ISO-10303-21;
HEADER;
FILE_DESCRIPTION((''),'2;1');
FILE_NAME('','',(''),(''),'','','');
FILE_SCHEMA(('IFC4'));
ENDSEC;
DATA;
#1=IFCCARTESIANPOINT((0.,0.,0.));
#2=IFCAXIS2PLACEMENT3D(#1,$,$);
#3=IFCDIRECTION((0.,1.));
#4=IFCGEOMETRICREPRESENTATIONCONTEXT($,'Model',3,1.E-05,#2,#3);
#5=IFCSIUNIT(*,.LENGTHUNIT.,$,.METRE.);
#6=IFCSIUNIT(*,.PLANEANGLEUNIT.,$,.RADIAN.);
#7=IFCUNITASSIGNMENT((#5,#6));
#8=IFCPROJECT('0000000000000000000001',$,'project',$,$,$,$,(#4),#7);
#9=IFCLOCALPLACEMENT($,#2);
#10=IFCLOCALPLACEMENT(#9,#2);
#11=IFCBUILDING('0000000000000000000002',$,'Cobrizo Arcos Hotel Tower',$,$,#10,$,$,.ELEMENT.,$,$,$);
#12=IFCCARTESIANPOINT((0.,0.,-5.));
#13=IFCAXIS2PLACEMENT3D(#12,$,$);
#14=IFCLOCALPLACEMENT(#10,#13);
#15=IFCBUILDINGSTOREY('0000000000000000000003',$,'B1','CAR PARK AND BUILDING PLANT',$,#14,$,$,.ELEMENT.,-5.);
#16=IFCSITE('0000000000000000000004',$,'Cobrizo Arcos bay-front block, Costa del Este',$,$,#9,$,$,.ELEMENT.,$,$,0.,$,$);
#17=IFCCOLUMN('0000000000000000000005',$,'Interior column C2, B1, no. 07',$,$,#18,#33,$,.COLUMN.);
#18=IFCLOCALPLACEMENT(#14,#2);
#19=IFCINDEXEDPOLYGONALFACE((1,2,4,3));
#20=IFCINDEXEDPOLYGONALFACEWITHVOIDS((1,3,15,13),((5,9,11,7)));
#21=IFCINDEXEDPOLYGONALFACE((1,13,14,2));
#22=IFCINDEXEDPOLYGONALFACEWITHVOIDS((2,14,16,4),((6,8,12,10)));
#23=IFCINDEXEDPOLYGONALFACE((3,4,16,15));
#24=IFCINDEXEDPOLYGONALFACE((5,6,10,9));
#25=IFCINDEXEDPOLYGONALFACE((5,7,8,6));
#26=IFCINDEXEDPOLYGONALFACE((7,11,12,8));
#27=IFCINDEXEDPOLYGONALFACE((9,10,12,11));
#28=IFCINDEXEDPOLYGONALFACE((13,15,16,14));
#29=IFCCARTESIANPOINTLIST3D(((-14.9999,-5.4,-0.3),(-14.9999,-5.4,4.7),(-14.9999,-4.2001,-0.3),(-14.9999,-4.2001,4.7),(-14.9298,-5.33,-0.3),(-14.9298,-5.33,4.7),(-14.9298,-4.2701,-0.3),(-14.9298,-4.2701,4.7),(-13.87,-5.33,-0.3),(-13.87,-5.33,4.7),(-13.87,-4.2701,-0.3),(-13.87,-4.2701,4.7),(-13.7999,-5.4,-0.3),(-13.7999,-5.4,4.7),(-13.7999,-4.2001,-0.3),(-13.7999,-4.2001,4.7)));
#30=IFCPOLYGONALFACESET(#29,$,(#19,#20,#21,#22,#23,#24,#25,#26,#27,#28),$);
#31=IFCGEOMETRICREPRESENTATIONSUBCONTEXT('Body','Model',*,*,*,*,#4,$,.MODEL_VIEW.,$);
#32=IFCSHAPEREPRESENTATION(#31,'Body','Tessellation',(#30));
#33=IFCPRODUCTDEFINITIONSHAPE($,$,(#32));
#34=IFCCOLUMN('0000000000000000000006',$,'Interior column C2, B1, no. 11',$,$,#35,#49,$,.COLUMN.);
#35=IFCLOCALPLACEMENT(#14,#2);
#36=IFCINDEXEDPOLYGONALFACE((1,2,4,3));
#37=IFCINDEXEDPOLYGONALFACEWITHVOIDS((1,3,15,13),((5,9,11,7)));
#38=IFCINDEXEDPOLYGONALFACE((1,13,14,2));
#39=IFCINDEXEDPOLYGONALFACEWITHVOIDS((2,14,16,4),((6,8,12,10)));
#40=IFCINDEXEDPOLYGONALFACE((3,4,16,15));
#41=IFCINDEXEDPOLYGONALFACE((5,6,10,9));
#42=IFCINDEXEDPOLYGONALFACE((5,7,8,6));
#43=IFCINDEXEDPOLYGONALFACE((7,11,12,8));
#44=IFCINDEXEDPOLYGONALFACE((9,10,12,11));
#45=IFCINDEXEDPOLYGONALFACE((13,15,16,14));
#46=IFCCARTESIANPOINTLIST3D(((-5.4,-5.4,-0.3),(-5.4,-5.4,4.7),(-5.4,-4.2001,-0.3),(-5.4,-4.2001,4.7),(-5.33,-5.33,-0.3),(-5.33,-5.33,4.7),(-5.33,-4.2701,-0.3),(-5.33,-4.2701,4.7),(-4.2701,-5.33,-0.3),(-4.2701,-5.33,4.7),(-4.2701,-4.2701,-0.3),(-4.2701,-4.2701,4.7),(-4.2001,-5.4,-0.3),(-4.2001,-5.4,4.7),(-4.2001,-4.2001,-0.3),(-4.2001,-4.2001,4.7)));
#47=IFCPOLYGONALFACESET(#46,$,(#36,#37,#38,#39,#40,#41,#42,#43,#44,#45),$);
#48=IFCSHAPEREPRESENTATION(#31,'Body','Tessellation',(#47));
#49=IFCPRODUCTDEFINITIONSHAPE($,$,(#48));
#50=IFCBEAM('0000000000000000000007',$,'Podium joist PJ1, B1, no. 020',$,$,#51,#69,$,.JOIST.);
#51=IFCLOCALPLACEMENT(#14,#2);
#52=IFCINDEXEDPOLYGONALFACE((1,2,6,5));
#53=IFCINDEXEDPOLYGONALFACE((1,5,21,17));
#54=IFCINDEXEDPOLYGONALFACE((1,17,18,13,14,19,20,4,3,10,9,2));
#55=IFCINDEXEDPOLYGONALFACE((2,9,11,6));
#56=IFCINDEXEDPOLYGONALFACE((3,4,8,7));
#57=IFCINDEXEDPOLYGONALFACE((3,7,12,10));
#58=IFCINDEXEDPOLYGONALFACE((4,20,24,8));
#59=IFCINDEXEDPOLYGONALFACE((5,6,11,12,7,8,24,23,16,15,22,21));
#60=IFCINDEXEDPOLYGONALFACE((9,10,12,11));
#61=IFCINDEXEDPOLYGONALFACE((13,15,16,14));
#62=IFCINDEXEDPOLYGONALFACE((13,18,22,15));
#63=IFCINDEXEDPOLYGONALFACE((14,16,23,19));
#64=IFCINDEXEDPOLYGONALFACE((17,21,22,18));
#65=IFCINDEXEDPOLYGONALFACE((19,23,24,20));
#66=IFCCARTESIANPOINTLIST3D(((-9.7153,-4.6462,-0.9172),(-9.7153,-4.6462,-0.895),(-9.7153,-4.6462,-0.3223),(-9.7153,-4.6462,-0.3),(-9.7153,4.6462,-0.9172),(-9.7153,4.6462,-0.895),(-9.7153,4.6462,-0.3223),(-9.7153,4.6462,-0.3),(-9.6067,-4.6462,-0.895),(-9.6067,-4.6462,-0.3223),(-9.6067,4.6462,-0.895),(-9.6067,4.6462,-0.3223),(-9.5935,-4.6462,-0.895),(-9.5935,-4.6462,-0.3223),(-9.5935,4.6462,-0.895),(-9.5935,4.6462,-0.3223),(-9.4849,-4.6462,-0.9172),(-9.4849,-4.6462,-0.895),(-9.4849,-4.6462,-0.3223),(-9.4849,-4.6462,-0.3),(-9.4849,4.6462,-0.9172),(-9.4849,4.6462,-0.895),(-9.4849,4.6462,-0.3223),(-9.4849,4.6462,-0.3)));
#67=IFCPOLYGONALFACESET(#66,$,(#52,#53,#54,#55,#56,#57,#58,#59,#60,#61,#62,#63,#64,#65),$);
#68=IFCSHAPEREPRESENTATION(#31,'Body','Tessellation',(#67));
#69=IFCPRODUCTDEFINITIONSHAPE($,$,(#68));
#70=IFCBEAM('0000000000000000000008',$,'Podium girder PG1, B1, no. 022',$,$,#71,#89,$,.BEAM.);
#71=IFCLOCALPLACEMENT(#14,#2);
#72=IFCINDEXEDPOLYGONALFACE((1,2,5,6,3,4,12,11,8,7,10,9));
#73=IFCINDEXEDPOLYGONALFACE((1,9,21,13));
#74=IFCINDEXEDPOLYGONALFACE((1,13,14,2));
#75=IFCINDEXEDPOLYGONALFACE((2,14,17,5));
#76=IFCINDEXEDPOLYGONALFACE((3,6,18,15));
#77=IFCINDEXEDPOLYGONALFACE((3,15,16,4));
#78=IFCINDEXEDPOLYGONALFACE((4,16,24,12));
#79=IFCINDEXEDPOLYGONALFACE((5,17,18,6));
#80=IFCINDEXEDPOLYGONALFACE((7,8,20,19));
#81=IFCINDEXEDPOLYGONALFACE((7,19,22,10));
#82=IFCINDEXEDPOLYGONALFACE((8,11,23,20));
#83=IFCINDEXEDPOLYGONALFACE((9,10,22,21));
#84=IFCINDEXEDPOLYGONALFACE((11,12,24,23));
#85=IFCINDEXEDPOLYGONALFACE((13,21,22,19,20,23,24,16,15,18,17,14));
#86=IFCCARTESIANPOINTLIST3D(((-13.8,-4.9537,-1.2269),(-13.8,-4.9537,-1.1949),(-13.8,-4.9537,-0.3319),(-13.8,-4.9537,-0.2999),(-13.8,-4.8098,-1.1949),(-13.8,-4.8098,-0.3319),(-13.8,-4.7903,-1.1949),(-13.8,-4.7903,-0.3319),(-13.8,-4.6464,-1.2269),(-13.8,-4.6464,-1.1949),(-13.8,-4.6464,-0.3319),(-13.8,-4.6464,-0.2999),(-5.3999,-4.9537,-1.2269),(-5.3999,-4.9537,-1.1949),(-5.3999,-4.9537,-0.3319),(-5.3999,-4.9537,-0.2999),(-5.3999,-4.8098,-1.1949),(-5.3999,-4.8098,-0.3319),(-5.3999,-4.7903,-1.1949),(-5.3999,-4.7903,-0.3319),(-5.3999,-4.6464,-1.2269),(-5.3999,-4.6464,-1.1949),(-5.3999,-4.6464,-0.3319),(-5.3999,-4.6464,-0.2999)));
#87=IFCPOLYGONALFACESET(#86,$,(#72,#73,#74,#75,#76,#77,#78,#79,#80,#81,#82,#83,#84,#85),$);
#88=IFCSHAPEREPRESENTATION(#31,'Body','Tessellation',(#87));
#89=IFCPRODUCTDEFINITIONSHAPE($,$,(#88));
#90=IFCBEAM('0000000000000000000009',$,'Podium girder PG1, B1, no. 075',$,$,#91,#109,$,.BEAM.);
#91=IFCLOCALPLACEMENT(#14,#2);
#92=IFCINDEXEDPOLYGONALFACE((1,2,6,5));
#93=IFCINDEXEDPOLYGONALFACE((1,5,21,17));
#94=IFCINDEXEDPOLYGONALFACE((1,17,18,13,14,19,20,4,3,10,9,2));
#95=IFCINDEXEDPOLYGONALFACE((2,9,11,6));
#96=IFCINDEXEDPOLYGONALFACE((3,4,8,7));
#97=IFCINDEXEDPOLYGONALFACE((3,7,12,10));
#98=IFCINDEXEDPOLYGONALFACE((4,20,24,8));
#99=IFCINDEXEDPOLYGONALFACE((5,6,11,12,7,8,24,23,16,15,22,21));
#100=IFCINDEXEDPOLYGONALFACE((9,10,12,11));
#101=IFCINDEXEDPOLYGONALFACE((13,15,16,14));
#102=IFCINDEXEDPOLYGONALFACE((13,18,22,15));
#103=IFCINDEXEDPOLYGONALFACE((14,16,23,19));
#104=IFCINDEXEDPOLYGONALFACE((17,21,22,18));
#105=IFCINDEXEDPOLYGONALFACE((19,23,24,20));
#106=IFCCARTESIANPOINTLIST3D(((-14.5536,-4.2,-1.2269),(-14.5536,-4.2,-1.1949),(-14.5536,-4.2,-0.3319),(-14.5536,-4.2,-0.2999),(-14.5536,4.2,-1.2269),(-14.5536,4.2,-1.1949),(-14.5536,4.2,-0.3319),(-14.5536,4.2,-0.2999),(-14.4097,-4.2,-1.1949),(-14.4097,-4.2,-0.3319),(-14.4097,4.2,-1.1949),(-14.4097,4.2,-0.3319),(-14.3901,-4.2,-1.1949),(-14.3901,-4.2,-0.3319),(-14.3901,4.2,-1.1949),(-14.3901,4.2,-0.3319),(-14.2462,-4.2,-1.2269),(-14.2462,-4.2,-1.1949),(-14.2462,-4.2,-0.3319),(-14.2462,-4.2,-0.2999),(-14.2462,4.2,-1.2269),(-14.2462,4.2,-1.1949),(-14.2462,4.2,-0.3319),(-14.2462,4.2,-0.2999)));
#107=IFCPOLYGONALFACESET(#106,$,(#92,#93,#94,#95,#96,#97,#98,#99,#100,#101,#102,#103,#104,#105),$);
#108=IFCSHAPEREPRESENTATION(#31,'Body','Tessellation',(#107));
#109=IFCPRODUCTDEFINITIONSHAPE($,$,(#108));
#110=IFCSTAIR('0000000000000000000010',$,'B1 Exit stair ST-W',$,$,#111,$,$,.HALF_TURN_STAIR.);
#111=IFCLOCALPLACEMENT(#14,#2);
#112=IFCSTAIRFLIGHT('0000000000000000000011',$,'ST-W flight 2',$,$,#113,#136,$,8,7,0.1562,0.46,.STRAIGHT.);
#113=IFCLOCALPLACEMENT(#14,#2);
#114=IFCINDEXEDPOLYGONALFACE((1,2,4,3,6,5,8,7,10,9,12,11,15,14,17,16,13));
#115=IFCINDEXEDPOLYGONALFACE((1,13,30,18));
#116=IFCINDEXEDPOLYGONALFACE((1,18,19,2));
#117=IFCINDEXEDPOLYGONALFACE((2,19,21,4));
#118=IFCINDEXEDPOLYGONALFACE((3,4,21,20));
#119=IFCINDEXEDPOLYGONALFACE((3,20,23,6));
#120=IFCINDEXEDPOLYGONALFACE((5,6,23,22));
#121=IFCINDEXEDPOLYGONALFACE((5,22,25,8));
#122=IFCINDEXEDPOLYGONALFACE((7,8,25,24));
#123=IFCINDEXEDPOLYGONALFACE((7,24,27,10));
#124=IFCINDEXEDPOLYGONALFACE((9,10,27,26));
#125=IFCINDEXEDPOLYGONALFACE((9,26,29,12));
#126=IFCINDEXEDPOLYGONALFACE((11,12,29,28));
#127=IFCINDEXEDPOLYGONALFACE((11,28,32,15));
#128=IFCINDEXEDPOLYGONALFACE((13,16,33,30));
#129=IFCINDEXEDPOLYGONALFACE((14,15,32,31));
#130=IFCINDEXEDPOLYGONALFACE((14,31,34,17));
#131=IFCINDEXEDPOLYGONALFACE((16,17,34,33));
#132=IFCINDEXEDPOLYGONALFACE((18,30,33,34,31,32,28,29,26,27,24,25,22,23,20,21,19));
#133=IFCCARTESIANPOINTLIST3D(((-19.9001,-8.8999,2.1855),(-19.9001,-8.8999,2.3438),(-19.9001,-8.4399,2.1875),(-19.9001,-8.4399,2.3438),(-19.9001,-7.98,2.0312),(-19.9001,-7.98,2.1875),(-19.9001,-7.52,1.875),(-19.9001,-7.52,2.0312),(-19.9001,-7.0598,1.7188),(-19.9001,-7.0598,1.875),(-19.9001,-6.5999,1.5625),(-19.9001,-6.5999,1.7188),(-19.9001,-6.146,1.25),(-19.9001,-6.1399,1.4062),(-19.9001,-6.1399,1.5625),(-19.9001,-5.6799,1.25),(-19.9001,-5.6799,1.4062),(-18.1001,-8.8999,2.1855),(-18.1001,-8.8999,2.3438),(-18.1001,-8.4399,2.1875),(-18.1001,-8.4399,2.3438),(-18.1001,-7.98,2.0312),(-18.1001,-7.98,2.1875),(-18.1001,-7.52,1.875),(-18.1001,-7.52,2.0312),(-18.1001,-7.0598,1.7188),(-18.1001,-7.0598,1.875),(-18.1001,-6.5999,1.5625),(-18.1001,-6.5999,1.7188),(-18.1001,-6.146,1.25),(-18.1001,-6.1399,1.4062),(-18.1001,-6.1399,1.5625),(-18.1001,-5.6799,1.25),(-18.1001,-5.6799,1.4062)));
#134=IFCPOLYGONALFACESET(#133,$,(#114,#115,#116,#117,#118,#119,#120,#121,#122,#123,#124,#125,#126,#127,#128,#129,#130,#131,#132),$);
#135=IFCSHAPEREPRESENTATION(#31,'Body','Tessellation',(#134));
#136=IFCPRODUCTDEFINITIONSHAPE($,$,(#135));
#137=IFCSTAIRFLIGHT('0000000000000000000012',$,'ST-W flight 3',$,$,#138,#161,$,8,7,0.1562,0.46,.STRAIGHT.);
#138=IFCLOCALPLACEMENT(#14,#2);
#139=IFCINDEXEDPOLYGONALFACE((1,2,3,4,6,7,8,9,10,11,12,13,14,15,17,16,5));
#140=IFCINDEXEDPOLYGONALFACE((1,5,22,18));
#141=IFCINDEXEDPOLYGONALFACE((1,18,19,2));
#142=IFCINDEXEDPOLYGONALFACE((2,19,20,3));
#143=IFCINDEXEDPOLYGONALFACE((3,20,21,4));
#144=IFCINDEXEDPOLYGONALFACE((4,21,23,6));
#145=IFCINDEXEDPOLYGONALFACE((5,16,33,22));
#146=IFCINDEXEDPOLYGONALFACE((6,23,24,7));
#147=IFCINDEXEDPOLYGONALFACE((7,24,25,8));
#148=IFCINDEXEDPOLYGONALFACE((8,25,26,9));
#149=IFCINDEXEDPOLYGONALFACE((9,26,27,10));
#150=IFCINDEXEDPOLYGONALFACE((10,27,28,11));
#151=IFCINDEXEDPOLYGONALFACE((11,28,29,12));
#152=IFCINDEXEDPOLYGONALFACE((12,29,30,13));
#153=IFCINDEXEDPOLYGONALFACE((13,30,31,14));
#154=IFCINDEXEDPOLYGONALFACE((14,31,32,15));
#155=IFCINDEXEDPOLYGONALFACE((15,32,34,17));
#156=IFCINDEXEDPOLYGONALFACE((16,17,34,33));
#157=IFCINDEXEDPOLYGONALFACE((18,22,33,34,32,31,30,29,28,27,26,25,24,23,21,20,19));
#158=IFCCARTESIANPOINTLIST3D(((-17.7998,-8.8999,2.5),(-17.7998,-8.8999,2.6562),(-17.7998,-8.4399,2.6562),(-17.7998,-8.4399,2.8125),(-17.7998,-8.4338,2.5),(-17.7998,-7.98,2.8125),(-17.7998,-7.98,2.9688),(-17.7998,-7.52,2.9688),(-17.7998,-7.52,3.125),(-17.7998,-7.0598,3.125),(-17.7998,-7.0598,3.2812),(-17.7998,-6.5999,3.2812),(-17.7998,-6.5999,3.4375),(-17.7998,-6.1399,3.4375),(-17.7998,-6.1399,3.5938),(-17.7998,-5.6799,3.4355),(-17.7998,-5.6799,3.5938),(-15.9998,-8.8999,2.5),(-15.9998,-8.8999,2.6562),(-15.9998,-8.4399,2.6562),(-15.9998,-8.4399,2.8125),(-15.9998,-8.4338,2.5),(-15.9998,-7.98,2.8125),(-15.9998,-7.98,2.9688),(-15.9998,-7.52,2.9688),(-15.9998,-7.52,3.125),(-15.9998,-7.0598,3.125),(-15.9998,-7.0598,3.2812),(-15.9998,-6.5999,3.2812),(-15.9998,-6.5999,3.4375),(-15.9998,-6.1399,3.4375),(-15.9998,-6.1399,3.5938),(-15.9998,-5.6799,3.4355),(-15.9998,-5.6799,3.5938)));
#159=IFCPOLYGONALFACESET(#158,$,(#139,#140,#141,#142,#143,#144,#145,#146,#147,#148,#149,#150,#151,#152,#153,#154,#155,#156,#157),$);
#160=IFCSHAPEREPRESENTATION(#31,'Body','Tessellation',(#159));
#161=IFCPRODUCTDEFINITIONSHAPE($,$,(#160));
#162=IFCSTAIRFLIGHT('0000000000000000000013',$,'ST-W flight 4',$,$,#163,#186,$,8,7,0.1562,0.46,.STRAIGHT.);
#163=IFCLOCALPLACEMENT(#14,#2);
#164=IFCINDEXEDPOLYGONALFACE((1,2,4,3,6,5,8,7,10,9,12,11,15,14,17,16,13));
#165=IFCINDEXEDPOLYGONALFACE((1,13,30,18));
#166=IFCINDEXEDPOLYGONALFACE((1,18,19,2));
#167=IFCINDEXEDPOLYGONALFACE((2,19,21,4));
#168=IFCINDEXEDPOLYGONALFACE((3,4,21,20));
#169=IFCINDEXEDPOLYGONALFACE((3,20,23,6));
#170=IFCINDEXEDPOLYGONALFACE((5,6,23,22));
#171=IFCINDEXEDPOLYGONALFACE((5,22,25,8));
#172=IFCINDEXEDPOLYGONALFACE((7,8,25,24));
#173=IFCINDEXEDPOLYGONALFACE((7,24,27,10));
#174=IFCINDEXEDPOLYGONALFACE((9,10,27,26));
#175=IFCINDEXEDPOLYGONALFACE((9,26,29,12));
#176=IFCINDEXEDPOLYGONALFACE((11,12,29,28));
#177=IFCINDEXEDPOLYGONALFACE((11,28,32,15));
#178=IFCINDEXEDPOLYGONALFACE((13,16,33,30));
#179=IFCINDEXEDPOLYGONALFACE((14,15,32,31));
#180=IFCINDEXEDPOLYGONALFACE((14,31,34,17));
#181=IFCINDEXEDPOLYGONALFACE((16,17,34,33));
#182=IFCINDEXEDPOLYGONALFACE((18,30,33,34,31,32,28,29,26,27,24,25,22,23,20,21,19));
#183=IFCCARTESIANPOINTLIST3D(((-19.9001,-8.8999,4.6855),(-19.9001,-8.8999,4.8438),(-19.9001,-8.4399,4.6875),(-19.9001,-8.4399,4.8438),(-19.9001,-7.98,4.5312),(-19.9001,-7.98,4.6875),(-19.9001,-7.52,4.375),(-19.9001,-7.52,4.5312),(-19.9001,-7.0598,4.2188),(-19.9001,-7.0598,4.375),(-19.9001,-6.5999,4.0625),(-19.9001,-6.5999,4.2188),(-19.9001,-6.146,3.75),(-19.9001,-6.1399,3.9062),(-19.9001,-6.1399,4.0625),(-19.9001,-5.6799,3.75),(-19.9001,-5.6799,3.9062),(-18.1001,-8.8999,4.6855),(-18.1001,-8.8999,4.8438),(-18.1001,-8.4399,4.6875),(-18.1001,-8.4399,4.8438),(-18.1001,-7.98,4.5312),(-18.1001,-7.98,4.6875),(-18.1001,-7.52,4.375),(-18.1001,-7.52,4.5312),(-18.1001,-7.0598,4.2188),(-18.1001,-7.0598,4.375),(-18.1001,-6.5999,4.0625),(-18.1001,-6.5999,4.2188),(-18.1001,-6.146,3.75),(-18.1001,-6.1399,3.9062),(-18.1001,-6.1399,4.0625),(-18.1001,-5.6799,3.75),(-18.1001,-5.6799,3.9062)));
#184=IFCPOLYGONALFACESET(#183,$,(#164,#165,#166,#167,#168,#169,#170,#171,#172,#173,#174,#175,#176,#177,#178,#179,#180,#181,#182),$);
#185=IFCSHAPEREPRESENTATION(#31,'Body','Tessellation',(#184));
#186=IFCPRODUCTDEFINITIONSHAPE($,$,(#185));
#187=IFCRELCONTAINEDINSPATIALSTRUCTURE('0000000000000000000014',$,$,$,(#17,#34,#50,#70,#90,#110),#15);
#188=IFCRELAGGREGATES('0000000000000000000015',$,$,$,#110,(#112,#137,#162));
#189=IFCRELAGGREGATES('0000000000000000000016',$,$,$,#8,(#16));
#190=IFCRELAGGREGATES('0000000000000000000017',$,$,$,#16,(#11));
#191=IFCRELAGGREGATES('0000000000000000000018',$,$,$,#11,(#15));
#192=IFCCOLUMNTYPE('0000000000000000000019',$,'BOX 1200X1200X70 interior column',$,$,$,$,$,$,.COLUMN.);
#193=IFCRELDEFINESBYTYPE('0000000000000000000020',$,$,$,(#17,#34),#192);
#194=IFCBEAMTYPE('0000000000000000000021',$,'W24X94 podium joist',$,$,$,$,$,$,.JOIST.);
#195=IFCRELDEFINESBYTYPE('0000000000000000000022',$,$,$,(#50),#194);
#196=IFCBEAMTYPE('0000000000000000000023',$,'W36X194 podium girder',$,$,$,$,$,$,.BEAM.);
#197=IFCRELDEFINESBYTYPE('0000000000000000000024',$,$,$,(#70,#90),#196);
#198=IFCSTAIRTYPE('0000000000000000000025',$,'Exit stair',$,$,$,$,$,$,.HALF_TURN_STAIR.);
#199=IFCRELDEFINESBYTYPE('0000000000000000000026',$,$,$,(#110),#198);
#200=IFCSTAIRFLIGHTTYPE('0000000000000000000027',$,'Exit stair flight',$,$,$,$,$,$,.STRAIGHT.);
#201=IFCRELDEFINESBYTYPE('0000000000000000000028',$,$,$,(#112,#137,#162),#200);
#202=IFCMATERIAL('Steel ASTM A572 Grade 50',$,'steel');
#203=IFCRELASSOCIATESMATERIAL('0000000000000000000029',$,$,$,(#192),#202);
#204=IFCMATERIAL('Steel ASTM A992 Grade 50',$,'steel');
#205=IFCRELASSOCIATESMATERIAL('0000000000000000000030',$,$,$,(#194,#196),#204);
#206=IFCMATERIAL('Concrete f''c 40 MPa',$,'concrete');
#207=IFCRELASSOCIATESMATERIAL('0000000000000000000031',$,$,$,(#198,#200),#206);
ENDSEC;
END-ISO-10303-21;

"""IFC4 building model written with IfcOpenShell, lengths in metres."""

from ifc_helpers import new_model, si_unit, direction, frame, origin, origin_2d, place, context, subcontext, project, spatial, polyline, hollow_rectangle, i_section, outline, extrude, material, material_profile, profile_set, type_object, element, aggregate, save


model = new_model("IFC4")

# Units and contexts
model_context = context("Model", 3, precision=1e-05, world=origin(), true_north=direction((0.0, 1.0)))
body_context = subcontext(model_context, "Body", "Model", "MODEL_VIEW")
ifc_project = project(units=[si_unit("LENGTHUNIT", "METRE"), si_unit("PLANEANGLEUNIT", "RADIAN")], contexts=[model_context])

# Site, building, storey
site_placement = place(None, origin())
site = spatial("IfcSite", under=ifc_project, at=site_placement, Name="Cobrizo Arcos bay-front block, Costa del Este", CompositionType="ELEMENT", RefElevation=0.0)
building_placement = place(site_placement, origin())
building = spatial("IfcBuilding", under=site, at=building_placement, Name="Cobrizo Arcos Hotel Tower", CompositionType="ELEMENT")
storey_placement = place(building_placement, frame((0.0, 0.0, -5.0)))
storey = spatial("IfcBuildingStorey", under=building, at=storey_placement, Name="B1", Description="CAR PARK AND BUILDING PLANT", CompositionType="ELEMENT", Elevation=-5.0)

# Columns
ifc_material_1 = material(Name="Steel ASTM A572 Grade 50", Category="steel")
ifc_material_profile_1 = material_profile(ifc_material_1, hollow_rectangle(XDim=1.2, YDim=1.2, WallThickness=0.0701, at=origin_2d()), Name="BOX 1200X1200X70")
ifc_profile_set_1 = profile_set([ifc_material_profile_1], Name="Steel ASTM A572 Grade 50")
column_type = type_object("IfcColumnType", Name="BOX 1200X1200X70 interior column", PredefinedType="COLUMN", material=ifc_profile_set_1)
for number, where, z_axis, x_axis, name in (
    (1, (-14.3999, -4.8, -0.3), (0.0, 0.0, 1.0), (1.0, 0.0, 0.0), "Interior column C2, B1, no. 07"),
    (2, (-4.8, -4.8, -0.3), (0.0, 0.0, 1.0), (1.0, 0.0, 0.0), "Interior column C2, B1, no. 11"),
):
    element("IfcColumn", number, at=place(storey_placement, frame(where, z_axis=z_axis, x_axis=x_axis)), inside=storey, type_object=column_type, Name=name, PredefinedType="COLUMN", context=body_context, shape_type="SweptSolid", body=[
        extrude(hollow_rectangle(XDim=1.2, YDim=1.2, WallThickness=0.0701, at=origin_2d()), origin(), (0.0, 0.0, 1.0), 5.0),
    ])

# Beams
ifc_material_2 = material(Name="Steel ASTM A992 Grade 50", Category="steel")
ifc_material_profile_2 = material_profile(ifc_material_2, i_section(OverallWidth=0.2305, OverallDepth=0.6172, WebThickness=0.0132, FlangeThickness=0.0222, at=origin_2d()), Name="W24X94")
ifc_profile_set_2 = profile_set([ifc_material_profile_2], Name="Steel ASTM A992 Grade 50")
beam_type_1 = type_object("IfcBeamType", Name="W24X94 podium joist", PredefinedType="JOIST", material=ifc_profile_set_2)
beam_1_placement = place(storey_placement, frame((-9.6001, -4.6462, -0.6086), z_axis=(0.0, 1.0, 0.0), x_axis=(-1.0, 0.0, 0.0)))
element("IfcBeam", 3, at=beam_1_placement, inside=storey, type_object=beam_type_1, Name="Podium joist PJ1, B1, no. 020", PredefinedType="JOIST", context=body_context, shape_type="SweptSolid", body=[
    extrude(i_section(OverallWidth=0.2305, OverallDepth=0.6172, WebThickness=0.0132, FlangeThickness=0.0222, at=origin_2d()), origin(), (0.0, 0.0, 1.0), 9.2925),
])
ifc_material_profile_3 = material_profile(ifc_material_2, i_section(OverallWidth=0.3074, OverallDepth=0.927, WebThickness=0.0195, FlangeThickness=0.032, at=origin_2d()), Name="W36X194")
ifc_profile_set_3 = profile_set([ifc_material_profile_3], Name="Steel ASTM A992 Grade 50")
beam_type_2 = type_object("IfcBeamType", Name="W36X194 podium girder", PredefinedType="BEAM", material=ifc_profile_set_3)
beam_2_placement = place(storey_placement, frame((-13.8, -4.8, -0.7634), z_axis=(1.0, 0.0, 0.0), x_axis=(0.0, 1.0, 0.0)))
element("IfcBeam", 4, at=beam_2_placement, inside=storey, type_object=beam_type_2, Name="Podium girder PG1, B1, no. 022", PredefinedType="BEAM", context=body_context, shape_type="SweptSolid", body=[
    extrude(i_section(OverallWidth=0.3074, OverallDepth=0.927, WebThickness=0.0195, FlangeThickness=0.032, at=origin_2d()), origin(), (0.0, 0.0, 1.0), 8.4001),
])
beam_3_placement = place(storey_placement, frame((-14.3999, -4.2, -0.7634), z_axis=(0.0, 1.0, 0.0), x_axis=(-1.0, 0.0, 0.0)))
element("IfcBeam", 5, at=beam_3_placement, inside=storey, type_object=beam_type_2, Name="Podium girder PG1, B1, no. 075", PredefinedType="BEAM", context=body_context, shape_type="SweptSolid", body=[
    extrude(i_section(OverallWidth=0.3074, OverallDepth=0.927, WebThickness=0.0195, FlangeThickness=0.032, at=origin_2d()), origin(), (0.0, 0.0, 1.0), 8.3999),
])

# Stair, stair flights
ifc_material_3 = material(Name="Concrete f'c 40 MPa", Category="concrete")
stair_type = type_object("IfcStairType", Name="Exit stair", PredefinedType="HALF_TURN_STAIR", material=ifc_material_3)
stair_placement = place(storey_placement, origin())
stair = element("IfcStair", 6, at=stair_placement, inside=storey, type_object=stair_type, Name="B1 Exit stair ST-W", PredefinedType="HALF_TURN_STAIR")
stair_flight_type = type_object("IfcStairFlightType", Name="Exit stair flight", PredefinedType="STRAIGHT", material=ifc_material_3)
stair_flight_1_placement = place(storey_placement, frame((-19.0, -5.6799, 1.25), z_axis=(0.0, 0.0, 1.0), x_axis=(0.0, -1.0, 0.0)))
stair_flight_1 = element("IfcStairFlight", 7, at=stair_flight_1_placement, type_object=stair_flight_type, Name="ST-W flight 2", NumberOfRisers=8, NumberOfTreads=7, PredefinedType="STRAIGHT", RiserHeight=0.1562, TreadLength=0.46, context=body_context, shape_type="SweptSolid", body=[
    extrude(outline(polyline([(0.0, 0.0), (0.0, 0.1562), (0.46, 0.1562), (0.46, 0.3125), (0.9199, 0.3125), (0.9199, 0.4688), (1.3799, 0.4688), (1.3799, 0.625), (1.8401, 0.625), (1.8401, 0.7812), (2.3, 0.7812), (2.3, 0.9375), (2.76, 0.9375), (2.76, 1.0938), (3.22, 1.0938), (3.22, 1.25), (3.22, 0.9355), (0.4661, 0.0), (0.0, 0.0)])), frame((0.0, 0.8999, 0.0), z_axis=(0.0, -1.0, 0.0), x_axis=(1.0, 0.0, 0.0)), (0.0, 0.0, 1.0), 1.8),
])
stair_flight_2_placement = place(storey_placement, frame((-16.8999, -8.8999, 2.5), z_axis=(0.0, 0.0, 1.0), x_axis=(0.0, 1.0, 0.0)))
stair_flight_2 = element("IfcStairFlight", 8, at=stair_flight_2_placement, type_object=stair_flight_type, Name="ST-W flight 3", NumberOfRisers=8, NumberOfTreads=7, PredefinedType="STRAIGHT", RiserHeight=0.1562, TreadLength=0.46, context=body_context, shape_type="SweptSolid", body=[
    extrude(outline(polyline([(0.0, 0.0), (0.0, 0.1562), (0.46, 0.1562), (0.46, 0.3125), (0.9199, 0.3125), (0.9199, 0.4688), (1.3799, 0.4688), (1.3799, 0.625), (1.8401, 0.625), (1.8401, 0.7812), (2.3, 0.7812), (2.3, 0.9375), (2.76, 0.9375), (2.76, 1.0938), (3.22, 1.0938), (3.22, 1.25), (3.22, 0.9355), (0.4661, 0.0), (0.0, 0.0)])), frame((0.0, 0.8999, 0.0), z_axis=(0.0, -1.0, 0.0), x_axis=(1.0, 0.0, 0.0)), (0.0, 0.0, 1.0), 1.8),
])
stair_flight_3_placement = place(storey_placement, frame((-19.0, -5.6799, 3.75), z_axis=(0.0, 0.0, 1.0), x_axis=(0.0, -1.0, 0.0)))
stair_flight_3 = element("IfcStairFlight", 9, at=stair_flight_3_placement, type_object=stair_flight_type, Name="ST-W flight 4", NumberOfRisers=8, NumberOfTreads=7, PredefinedType="STRAIGHT", RiserHeight=0.1562, TreadLength=0.46, context=body_context, shape_type="SweptSolid", body=[
    extrude(outline(polyline([(0.0, 0.0), (0.0, 0.1562), (0.46, 0.1562), (0.46, 0.3125), (0.9199, 0.3125), (0.9199, 0.4688), (1.3799, 0.4688), (1.3799, 0.625), (1.8401, 0.625), (1.8401, 0.7812), (2.3, 0.7812), (2.3, 0.9375), (2.76, 0.9375), (2.76, 1.0938), (3.22, 1.0938), (3.22, 1.25), (3.22, 0.9355), (0.4661, 0.0), (0.0, 0.0)])), frame((0.0, 0.8999, 0.0), z_axis=(0.0, -1.0, 0.0), x_axis=(1.0, 0.0, 0.0)), (0.0, 0.0, 1.0), 1.8),
])
aggregate(stair, [stair_flight_1, stair_flight_2, stair_flight_3])

save(model, "model.ifc")
